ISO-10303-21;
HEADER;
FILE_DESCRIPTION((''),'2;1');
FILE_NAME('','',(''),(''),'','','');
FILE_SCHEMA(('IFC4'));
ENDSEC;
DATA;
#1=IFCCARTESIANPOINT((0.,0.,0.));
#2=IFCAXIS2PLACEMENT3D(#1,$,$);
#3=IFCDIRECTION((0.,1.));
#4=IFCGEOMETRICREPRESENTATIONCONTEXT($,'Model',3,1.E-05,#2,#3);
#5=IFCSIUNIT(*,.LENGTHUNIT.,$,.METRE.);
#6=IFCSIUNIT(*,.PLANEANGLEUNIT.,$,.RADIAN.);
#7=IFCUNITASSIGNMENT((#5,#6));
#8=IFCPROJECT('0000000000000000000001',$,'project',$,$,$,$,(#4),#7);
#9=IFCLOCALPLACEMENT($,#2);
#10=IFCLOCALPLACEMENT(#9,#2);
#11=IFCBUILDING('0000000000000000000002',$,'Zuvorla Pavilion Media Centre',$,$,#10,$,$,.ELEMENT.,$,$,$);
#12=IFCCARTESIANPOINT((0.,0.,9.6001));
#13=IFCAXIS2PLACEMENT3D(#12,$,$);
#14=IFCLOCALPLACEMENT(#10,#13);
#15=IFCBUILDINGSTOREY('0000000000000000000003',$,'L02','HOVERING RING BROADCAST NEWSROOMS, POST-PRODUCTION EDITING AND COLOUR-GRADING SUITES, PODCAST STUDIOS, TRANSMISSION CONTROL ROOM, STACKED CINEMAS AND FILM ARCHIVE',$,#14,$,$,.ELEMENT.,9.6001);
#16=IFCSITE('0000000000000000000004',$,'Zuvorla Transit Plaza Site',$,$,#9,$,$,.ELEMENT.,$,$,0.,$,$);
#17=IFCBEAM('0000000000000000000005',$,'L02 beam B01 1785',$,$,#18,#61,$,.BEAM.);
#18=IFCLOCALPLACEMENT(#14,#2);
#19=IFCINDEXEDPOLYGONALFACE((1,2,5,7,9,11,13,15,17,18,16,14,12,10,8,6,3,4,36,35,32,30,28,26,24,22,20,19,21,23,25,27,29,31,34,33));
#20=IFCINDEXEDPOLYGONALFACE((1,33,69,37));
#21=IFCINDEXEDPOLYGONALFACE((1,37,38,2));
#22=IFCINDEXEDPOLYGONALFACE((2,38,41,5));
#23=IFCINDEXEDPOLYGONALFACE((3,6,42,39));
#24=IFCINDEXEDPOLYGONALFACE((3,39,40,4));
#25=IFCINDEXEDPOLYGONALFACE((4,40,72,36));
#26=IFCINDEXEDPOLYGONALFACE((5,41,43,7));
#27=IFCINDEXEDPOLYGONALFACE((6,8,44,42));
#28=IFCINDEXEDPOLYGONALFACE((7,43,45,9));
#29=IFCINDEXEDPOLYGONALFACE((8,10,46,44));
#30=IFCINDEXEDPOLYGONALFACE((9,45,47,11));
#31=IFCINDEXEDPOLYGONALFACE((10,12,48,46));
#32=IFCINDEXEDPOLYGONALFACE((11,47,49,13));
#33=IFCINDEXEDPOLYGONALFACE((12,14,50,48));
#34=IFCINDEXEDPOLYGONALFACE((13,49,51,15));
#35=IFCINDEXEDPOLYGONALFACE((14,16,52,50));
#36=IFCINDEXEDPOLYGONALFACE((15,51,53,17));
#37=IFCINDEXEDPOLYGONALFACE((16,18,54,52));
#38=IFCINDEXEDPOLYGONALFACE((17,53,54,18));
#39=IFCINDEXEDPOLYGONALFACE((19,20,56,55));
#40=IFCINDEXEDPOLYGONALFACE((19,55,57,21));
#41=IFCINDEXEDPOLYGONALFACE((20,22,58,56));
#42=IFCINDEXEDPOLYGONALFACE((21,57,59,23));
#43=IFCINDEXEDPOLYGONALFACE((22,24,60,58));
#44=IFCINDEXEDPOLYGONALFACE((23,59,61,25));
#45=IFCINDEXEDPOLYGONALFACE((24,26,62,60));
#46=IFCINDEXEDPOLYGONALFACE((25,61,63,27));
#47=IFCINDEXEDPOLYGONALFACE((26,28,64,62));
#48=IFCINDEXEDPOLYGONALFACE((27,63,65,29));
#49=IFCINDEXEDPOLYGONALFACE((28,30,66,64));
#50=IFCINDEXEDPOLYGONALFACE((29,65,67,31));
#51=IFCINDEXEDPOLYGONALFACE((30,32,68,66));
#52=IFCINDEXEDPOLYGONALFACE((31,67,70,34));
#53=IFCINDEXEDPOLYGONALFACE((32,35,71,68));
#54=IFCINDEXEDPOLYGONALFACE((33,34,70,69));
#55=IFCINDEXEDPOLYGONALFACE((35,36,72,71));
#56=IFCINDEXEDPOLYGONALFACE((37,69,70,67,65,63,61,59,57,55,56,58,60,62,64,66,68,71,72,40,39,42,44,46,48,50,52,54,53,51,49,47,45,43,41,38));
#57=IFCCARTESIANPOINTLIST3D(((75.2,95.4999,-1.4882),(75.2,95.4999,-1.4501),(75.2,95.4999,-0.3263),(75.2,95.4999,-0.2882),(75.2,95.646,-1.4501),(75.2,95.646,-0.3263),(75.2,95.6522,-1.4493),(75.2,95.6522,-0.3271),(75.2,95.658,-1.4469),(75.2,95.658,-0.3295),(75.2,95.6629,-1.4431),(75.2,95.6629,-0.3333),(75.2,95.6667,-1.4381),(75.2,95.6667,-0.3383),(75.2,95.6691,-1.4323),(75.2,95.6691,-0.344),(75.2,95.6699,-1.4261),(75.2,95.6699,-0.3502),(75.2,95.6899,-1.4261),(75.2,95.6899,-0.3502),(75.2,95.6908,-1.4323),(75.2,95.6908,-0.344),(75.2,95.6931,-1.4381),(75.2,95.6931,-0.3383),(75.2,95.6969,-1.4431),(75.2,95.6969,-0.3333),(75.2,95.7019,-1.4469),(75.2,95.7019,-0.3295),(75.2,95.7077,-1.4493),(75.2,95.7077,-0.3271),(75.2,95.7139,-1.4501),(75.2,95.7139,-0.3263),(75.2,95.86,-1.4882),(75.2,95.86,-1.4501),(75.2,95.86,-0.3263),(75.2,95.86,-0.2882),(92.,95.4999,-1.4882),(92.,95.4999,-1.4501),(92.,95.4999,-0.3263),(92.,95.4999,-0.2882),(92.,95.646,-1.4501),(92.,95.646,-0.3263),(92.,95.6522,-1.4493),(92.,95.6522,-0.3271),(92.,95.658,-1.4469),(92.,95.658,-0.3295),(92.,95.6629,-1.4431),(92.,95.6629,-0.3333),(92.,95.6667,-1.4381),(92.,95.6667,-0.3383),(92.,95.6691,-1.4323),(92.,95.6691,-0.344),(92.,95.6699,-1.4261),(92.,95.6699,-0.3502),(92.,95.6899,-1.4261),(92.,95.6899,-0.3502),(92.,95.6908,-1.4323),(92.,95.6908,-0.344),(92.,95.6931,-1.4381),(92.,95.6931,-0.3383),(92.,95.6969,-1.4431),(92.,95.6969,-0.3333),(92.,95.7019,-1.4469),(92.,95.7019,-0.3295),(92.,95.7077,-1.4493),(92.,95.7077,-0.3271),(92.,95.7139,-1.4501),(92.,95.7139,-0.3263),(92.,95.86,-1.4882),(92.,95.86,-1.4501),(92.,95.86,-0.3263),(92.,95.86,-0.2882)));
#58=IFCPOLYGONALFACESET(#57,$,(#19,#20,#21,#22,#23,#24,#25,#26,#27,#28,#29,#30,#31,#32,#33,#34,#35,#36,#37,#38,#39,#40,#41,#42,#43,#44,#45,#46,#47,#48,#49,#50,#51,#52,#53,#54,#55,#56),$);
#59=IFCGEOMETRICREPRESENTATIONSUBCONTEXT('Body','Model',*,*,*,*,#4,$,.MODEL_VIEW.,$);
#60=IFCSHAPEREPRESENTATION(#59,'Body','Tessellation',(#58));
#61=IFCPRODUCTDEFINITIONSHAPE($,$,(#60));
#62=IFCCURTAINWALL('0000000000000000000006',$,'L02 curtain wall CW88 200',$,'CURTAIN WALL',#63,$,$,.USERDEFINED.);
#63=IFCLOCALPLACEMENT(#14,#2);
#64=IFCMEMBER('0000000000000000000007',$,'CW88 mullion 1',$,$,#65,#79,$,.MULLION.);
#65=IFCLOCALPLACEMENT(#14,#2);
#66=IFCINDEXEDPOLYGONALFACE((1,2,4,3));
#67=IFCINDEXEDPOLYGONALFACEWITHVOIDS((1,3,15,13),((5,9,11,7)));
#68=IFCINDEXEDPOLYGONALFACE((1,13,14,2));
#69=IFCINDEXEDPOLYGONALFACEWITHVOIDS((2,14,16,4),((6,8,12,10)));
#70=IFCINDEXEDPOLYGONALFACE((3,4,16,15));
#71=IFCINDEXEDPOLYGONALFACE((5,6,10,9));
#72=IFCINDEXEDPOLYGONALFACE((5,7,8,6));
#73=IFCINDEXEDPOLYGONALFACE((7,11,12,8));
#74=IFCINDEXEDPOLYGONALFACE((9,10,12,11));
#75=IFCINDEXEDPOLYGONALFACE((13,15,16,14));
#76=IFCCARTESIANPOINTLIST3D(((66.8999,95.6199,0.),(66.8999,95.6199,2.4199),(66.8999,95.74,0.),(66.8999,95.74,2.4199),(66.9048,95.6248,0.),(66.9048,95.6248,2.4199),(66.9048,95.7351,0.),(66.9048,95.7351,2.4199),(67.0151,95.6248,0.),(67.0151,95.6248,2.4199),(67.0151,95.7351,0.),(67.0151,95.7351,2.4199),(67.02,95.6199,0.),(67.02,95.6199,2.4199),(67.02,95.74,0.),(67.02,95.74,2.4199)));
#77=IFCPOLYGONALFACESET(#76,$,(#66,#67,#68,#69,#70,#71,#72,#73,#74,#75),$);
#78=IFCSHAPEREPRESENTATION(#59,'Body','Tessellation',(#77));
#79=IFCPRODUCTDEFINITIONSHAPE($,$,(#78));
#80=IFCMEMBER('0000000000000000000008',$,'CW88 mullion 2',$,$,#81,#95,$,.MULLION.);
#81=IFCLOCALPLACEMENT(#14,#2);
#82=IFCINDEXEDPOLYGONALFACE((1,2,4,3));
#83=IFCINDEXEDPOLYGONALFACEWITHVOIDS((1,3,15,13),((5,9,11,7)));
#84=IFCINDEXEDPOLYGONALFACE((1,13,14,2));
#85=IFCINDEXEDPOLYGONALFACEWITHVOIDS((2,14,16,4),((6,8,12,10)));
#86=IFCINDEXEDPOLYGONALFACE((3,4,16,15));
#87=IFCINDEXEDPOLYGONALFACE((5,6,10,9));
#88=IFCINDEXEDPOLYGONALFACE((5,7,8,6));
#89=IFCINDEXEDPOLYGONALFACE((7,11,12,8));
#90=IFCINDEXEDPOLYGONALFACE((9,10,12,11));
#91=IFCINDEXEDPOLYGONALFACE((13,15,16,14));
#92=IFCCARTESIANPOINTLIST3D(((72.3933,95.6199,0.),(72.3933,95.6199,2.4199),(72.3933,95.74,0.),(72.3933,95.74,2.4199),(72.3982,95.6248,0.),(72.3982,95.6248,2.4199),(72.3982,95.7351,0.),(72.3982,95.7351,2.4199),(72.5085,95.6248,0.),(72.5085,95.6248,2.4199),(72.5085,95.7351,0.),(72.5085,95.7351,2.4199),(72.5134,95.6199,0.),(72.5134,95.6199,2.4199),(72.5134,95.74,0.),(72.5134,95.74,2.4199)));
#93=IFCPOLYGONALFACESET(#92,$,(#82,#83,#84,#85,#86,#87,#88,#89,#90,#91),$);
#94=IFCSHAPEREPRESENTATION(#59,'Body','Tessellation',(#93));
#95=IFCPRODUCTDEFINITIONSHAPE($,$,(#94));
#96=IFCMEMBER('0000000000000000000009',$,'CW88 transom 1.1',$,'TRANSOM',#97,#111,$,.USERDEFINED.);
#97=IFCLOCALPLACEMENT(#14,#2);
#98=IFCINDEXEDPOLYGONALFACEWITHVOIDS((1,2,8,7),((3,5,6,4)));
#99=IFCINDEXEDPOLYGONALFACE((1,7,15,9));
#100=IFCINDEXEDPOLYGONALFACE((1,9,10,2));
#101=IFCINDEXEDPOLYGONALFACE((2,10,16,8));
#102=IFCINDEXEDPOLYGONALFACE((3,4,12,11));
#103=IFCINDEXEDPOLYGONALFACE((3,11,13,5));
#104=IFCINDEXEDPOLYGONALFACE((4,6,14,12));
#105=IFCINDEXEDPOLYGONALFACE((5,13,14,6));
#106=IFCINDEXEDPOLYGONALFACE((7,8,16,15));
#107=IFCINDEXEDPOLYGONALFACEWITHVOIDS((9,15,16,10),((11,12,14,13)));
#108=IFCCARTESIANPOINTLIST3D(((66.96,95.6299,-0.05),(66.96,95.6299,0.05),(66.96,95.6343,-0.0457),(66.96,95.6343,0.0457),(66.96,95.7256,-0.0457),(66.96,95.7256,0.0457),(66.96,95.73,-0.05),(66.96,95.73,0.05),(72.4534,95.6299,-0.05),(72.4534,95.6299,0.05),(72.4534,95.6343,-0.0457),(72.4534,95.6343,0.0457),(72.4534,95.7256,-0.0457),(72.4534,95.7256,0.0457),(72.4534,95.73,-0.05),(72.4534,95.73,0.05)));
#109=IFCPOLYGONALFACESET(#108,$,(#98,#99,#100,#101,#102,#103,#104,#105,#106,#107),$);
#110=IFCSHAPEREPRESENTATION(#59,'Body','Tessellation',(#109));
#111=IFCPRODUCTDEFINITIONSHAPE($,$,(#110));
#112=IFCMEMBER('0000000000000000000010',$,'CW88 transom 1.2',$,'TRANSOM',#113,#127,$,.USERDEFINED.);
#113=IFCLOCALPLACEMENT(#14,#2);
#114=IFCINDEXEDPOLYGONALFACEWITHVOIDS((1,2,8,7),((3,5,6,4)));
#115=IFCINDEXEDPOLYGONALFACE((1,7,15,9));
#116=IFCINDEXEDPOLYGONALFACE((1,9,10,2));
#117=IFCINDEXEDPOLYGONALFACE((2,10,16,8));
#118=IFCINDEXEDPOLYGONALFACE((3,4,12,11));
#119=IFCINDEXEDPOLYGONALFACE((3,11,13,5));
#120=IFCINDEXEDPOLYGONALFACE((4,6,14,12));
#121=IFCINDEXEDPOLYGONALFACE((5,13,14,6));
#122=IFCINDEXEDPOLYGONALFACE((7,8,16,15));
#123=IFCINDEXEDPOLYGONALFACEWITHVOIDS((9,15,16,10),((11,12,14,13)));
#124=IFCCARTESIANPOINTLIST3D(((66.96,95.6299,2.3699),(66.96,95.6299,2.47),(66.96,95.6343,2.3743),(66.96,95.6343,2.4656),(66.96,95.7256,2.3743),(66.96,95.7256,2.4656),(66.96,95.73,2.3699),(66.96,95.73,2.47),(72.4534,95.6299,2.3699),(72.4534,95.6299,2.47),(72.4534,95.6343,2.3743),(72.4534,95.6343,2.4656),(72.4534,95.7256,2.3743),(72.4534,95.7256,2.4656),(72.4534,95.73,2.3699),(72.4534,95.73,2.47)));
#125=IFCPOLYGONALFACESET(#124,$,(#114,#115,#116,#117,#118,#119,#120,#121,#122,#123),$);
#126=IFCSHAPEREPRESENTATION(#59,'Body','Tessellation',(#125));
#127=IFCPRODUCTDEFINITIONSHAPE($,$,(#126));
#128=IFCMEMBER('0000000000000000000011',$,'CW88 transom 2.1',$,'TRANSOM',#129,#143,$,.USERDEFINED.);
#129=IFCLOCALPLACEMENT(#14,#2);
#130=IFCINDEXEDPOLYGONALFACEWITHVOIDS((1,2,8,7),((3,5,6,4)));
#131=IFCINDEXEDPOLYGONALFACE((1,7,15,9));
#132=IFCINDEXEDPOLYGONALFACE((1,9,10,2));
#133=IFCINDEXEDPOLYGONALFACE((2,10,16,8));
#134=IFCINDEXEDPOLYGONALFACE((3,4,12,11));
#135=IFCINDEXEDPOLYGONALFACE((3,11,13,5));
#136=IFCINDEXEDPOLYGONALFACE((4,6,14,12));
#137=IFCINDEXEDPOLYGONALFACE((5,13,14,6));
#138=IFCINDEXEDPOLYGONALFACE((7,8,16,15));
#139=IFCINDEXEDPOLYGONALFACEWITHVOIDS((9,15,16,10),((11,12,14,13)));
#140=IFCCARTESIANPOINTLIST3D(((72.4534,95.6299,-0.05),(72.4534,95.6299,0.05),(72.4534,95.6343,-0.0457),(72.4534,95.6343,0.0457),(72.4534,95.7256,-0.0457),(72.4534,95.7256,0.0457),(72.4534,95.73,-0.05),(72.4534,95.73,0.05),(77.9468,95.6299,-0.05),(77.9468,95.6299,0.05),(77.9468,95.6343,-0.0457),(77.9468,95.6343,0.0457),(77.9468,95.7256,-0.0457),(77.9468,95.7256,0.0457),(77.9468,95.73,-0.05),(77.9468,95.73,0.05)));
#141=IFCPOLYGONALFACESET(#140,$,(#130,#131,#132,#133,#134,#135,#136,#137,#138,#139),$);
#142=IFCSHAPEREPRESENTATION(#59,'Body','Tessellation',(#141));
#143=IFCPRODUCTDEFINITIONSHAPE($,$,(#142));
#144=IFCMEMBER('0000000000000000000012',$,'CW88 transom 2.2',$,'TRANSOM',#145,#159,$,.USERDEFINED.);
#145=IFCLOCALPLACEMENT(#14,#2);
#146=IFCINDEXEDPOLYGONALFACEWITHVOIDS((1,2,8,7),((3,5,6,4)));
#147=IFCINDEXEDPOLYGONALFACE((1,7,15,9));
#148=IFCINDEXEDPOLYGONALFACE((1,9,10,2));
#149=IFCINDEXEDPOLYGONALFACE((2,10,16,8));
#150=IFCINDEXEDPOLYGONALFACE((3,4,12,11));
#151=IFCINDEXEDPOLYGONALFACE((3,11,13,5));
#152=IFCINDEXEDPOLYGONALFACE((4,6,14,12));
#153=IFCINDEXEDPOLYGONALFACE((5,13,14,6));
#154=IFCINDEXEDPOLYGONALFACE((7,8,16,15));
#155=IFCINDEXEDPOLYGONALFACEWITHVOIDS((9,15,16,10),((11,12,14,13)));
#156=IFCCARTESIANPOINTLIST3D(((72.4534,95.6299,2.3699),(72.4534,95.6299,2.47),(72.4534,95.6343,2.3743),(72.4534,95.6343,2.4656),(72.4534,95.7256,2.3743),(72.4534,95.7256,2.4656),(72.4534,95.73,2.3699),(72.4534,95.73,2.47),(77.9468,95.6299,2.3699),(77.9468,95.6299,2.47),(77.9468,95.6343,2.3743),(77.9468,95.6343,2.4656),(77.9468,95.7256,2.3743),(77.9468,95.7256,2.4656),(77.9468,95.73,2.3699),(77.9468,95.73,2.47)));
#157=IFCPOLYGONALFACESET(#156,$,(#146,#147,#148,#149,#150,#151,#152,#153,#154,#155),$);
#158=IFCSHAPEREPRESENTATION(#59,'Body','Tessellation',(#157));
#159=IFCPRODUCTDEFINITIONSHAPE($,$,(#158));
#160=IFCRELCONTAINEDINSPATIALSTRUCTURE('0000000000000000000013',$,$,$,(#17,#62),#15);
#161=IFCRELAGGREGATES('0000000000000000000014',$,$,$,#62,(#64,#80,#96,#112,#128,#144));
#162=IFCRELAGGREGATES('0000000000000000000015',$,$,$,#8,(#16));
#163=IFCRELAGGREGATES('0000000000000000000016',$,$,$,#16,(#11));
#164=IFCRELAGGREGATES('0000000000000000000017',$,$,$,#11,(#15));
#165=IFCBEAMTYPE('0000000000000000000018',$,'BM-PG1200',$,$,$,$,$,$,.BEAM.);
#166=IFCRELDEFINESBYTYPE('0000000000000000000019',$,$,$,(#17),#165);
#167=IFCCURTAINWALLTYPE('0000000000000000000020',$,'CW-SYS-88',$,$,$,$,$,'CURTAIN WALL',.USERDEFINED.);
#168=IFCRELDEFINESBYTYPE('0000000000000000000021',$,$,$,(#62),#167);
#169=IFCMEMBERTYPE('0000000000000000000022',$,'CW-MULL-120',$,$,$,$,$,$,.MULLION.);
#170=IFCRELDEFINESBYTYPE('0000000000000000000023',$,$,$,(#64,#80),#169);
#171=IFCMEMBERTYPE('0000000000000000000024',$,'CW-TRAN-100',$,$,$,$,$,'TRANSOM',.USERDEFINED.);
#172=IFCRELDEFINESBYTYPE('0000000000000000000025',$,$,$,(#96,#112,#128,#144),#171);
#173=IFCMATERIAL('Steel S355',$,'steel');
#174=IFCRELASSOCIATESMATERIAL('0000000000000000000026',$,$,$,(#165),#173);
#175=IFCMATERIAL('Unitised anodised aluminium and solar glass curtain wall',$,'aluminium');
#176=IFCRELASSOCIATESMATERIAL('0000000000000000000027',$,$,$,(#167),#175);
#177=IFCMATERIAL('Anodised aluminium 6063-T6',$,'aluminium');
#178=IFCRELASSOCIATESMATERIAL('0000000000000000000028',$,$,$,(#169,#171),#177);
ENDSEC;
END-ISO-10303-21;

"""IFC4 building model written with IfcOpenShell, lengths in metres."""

from ifc_helpers import new_model, si_unit, direction, frame, origin, origin_2d, place, context, subcontext, project, spatial, hollow_rectangle, i_section, extrude, material, material_profile, profile_set, type_object, element, aggregate, save


model = new_model("IFC4")

# Units and contexts
model_context = context("Model", 3, precision=1e-05, world=origin(), true_north=direction((0.0, 1.0)))
body_context = subcontext(model_context, "Body", "Model", "MODEL_VIEW")
ifc_project = project(units=[si_unit("LENGTHUNIT", "METRE"), si_unit("PLANEANGLEUNIT", "RADIAN")], contexts=[model_context])

# Site, building, storey
site_placement = place(None, origin())
site = spatial("IfcSite", under=ifc_project, at=site_placement, Name="Zuvorla Transit Plaza Site", CompositionType="ELEMENT", RefElevation=0.0)
building_placement = place(site_placement, origin())
building = spatial("IfcBuilding", under=site, at=building_placement, Name="Zuvorla Pavilion Media Centre", CompositionType="ELEMENT")
storey_placement = place(building_placement, frame((0.0, 0.0, 9.6001)))
storey = spatial("IfcBuildingStorey", under=building, at=storey_placement, Name="L02", Description="HOVERING RING BROADCAST NEWSROOMS, POST-PRODUCTION EDITING AND COLOUR-GRADING SUITES, PODCAST STUDIOS, TRANSMISSION CONTROL ROOM, STACKED CINEMAS AND FILM ARCHIVE", CompositionType="ELEMENT", Elevation=9.6001)

# Beam
ifc_material_1 = material(Name="Steel S355", Category="steel")
ifc_material_profile_1 = material_profile(ifc_material_1, i_section(OverallWidth=0.3601, OverallDepth=1.2, WebThickness=0.02, FlangeThickness=0.0381, FilletRadius=0.0239, at=origin_2d()), Name="PG 1200x360x38")
ifc_profile_set_1 = profile_set([ifc_material_profile_1], Name="Steel S355")
beam_type = type_object("IfcBeamType", Name="BM-PG1200", PredefinedType="BEAM", material=ifc_profile_set_1)
beam_placement = place(storey_placement, frame((75.2, 95.6799, -0.8882), z_axis=(1.0, 0.0, 0.0), x_axis=(0.0, 1.0, 0.0)))
element("IfcBeam", 1, at=beam_placement, inside=storey, type_object=beam_type, Name="L02 beam B01 1785", PredefinedType="BEAM", context=body_context, shape_type="SweptSolid", body=[
    extrude(i_section(OverallWidth=0.3601, OverallDepth=1.2, WebThickness=0.02, FlangeThickness=0.0381, FilletRadius=0.0239, at=origin_2d()), origin(), (0.0, 0.0, 1.0), 16.8),
])

# Curtain wall, members
ifc_material_2 = material(Name="Unitised anodised aluminium and solar glass curtain wall", Category="aluminium")
curtain_wall_type = type_object("IfcCurtainWallType", Name="CW-SYS-88", ElementType="CURTAIN WALL", PredefinedType="USERDEFINED", material=ifc_material_2)
curtain_wall_placement = place(storey_placement, origin())
curtain_wall = element("IfcCurtainWall", 2, at=curtain_wall_placement, inside=storey, type_object=curtain_wall_type, Name="L02 curtain wall CW88 200", ObjectType="CURTAIN WALL", PredefinedType="USERDEFINED")
ifc_material_3 = material(Name="Anodised aluminium 6063-T6", Category="aluminium")
ifc_material_profile_2 = material_profile(ifc_material_3, hollow_rectangle(XDim=0.1201, YDim=0.1201, WallThickness=0.0049, at=origin_2d()), Name="ALU MULL 120x120")
ifc_profile_set_2 = profile_set([ifc_material_profile_2], Name="Anodised aluminium 6063-T6")
member_type_1 = type_object("IfcMemberType", Name="CW-MULL-120", PredefinedType="MULLION", material=ifc_profile_set_2)
member_1_placement = place(storey_placement, frame((66.96, 95.6799, 0.0), z_axis=(0.0, 0.0, 1.0), x_axis=(1.0, 0.0, 0.0)))
member_1 = element("IfcMember", 3, at=member_1_placement, type_object=member_type_1, Name="CW88 mullion 1", PredefinedType="MULLION", context=body_context, shape_type="SweptSolid", body=[
    extrude(hollow_rectangle(XDim=0.1201, YDim=0.1201, WallThickness=0.0049, at=origin_2d()), origin(), (0.0, 0.0, 1.0), 2.4199),
])
member_2_placement = place(storey_placement, frame((72.4534, 95.6799, 0.0), z_axis=(0.0, 0.0, 1.0), x_axis=(1.0, 0.0, 0.0)))
member_2 = element("IfcMember", 4, at=member_2_placement, type_object=member_type_1, Name="CW88 mullion 2", PredefinedType="MULLION", context=body_context, shape_type="SweptSolid", body=[
    extrude(hollow_rectangle(XDim=0.1201, YDim=0.1201, WallThickness=0.0049, at=origin_2d()), origin(), (0.0, 0.0, 1.0), 2.4199),
])
ifc_material_profile_3 = material_profile(ifc_material_3, hollow_rectangle(XDim=0.1001, YDim=0.1001, WallThickness=0.0044, at=origin_2d()), Name="ALU TRAN 100x100")
ifc_profile_set_3 = profile_set([ifc_material_profile_3], Name="Anodised aluminium 6063-T6")
member_type_2 = type_object("IfcMemberType", Name="CW-TRAN-100", ElementType="TRANSOM", PredefinedType="USERDEFINED", material=ifc_profile_set_3)
member_3_placement = place(storey_placement, frame((66.96, 95.6799, 0.0), z_axis=(1.0, 0.0, 0.0), x_axis=(0.0, 1.0, 0.0)))
member_3 = element("IfcMember", 5, at=member_3_placement, type_object=member_type_2, Name="CW88 transom 1.1", ObjectType="TRANSOM", PredefinedType="USERDEFINED", context=body_context, shape_type="SweptSolid", body=[
    extrude(hollow_rectangle(XDim=0.1001, YDim=0.1001, WallThickness=0.0044, at=origin_2d()), origin(), (0.0, 0.0, 1.0), 5.4934),
])
member_4_placement = place(storey_placement, frame((66.96, 95.6799, 2.4199), z_axis=(1.0, 0.0, 0.0), x_axis=(0.0, 1.0, 0.0)))
member_4 = element("IfcMember", 6, at=member_4_placement, type_object=member_type_2, Name="CW88 transom 1.2", ObjectType="TRANSOM", PredefinedType="USERDEFINED", context=body_context, shape_type="SweptSolid", body=[
    extrude(hollow_rectangle(XDim=0.1001, YDim=0.1001, WallThickness=0.0044, at=origin_2d()), origin(), (0.0, 0.0, 1.0), 5.4934),
])
member_5_placement = place(storey_placement, frame((72.4534, 95.6799, 0.0), z_axis=(1.0, 0.0, 0.0), x_axis=(0.0, 1.0, 0.0)))
member_5 = element("IfcMember", 7, at=member_5_placement, type_object=member_type_2, Name="CW88 transom 2.1", ObjectType="TRANSOM", PredefinedType="USERDEFINED", context=body_context, shape_type="SweptSolid", body=[
    extrude(hollow_rectangle(XDim=0.1001, YDim=0.1001, WallThickness=0.0044, at=origin_2d()), origin(), (0.0, 0.0, 1.0), 5.4934),
])
member_6_placement = place(storey_placement, frame((72.4534, 95.6799, 2.4199), z_axis=(1.0, 0.0, 0.0), x_axis=(0.0, 1.0, 0.0)))
member_6 = element("IfcMember", 8, at=member_6_placement, type_object=member_type_2, Name="CW88 transom 2.2", ObjectType="TRANSOM", PredefinedType="USERDEFINED", context=body_context, shape_type="SweptSolid", body=[
    extrude(hollow_rectangle(XDim=0.1001, YDim=0.1001, WallThickness=0.0044, at=origin_2d()), origin(), (0.0, 0.0, 1.0), 5.4934),
])

aggregate(curtain_wall, [member_1, member_2, member_3, member_4, member_5, member_6])

save(model, "model.ifc")
